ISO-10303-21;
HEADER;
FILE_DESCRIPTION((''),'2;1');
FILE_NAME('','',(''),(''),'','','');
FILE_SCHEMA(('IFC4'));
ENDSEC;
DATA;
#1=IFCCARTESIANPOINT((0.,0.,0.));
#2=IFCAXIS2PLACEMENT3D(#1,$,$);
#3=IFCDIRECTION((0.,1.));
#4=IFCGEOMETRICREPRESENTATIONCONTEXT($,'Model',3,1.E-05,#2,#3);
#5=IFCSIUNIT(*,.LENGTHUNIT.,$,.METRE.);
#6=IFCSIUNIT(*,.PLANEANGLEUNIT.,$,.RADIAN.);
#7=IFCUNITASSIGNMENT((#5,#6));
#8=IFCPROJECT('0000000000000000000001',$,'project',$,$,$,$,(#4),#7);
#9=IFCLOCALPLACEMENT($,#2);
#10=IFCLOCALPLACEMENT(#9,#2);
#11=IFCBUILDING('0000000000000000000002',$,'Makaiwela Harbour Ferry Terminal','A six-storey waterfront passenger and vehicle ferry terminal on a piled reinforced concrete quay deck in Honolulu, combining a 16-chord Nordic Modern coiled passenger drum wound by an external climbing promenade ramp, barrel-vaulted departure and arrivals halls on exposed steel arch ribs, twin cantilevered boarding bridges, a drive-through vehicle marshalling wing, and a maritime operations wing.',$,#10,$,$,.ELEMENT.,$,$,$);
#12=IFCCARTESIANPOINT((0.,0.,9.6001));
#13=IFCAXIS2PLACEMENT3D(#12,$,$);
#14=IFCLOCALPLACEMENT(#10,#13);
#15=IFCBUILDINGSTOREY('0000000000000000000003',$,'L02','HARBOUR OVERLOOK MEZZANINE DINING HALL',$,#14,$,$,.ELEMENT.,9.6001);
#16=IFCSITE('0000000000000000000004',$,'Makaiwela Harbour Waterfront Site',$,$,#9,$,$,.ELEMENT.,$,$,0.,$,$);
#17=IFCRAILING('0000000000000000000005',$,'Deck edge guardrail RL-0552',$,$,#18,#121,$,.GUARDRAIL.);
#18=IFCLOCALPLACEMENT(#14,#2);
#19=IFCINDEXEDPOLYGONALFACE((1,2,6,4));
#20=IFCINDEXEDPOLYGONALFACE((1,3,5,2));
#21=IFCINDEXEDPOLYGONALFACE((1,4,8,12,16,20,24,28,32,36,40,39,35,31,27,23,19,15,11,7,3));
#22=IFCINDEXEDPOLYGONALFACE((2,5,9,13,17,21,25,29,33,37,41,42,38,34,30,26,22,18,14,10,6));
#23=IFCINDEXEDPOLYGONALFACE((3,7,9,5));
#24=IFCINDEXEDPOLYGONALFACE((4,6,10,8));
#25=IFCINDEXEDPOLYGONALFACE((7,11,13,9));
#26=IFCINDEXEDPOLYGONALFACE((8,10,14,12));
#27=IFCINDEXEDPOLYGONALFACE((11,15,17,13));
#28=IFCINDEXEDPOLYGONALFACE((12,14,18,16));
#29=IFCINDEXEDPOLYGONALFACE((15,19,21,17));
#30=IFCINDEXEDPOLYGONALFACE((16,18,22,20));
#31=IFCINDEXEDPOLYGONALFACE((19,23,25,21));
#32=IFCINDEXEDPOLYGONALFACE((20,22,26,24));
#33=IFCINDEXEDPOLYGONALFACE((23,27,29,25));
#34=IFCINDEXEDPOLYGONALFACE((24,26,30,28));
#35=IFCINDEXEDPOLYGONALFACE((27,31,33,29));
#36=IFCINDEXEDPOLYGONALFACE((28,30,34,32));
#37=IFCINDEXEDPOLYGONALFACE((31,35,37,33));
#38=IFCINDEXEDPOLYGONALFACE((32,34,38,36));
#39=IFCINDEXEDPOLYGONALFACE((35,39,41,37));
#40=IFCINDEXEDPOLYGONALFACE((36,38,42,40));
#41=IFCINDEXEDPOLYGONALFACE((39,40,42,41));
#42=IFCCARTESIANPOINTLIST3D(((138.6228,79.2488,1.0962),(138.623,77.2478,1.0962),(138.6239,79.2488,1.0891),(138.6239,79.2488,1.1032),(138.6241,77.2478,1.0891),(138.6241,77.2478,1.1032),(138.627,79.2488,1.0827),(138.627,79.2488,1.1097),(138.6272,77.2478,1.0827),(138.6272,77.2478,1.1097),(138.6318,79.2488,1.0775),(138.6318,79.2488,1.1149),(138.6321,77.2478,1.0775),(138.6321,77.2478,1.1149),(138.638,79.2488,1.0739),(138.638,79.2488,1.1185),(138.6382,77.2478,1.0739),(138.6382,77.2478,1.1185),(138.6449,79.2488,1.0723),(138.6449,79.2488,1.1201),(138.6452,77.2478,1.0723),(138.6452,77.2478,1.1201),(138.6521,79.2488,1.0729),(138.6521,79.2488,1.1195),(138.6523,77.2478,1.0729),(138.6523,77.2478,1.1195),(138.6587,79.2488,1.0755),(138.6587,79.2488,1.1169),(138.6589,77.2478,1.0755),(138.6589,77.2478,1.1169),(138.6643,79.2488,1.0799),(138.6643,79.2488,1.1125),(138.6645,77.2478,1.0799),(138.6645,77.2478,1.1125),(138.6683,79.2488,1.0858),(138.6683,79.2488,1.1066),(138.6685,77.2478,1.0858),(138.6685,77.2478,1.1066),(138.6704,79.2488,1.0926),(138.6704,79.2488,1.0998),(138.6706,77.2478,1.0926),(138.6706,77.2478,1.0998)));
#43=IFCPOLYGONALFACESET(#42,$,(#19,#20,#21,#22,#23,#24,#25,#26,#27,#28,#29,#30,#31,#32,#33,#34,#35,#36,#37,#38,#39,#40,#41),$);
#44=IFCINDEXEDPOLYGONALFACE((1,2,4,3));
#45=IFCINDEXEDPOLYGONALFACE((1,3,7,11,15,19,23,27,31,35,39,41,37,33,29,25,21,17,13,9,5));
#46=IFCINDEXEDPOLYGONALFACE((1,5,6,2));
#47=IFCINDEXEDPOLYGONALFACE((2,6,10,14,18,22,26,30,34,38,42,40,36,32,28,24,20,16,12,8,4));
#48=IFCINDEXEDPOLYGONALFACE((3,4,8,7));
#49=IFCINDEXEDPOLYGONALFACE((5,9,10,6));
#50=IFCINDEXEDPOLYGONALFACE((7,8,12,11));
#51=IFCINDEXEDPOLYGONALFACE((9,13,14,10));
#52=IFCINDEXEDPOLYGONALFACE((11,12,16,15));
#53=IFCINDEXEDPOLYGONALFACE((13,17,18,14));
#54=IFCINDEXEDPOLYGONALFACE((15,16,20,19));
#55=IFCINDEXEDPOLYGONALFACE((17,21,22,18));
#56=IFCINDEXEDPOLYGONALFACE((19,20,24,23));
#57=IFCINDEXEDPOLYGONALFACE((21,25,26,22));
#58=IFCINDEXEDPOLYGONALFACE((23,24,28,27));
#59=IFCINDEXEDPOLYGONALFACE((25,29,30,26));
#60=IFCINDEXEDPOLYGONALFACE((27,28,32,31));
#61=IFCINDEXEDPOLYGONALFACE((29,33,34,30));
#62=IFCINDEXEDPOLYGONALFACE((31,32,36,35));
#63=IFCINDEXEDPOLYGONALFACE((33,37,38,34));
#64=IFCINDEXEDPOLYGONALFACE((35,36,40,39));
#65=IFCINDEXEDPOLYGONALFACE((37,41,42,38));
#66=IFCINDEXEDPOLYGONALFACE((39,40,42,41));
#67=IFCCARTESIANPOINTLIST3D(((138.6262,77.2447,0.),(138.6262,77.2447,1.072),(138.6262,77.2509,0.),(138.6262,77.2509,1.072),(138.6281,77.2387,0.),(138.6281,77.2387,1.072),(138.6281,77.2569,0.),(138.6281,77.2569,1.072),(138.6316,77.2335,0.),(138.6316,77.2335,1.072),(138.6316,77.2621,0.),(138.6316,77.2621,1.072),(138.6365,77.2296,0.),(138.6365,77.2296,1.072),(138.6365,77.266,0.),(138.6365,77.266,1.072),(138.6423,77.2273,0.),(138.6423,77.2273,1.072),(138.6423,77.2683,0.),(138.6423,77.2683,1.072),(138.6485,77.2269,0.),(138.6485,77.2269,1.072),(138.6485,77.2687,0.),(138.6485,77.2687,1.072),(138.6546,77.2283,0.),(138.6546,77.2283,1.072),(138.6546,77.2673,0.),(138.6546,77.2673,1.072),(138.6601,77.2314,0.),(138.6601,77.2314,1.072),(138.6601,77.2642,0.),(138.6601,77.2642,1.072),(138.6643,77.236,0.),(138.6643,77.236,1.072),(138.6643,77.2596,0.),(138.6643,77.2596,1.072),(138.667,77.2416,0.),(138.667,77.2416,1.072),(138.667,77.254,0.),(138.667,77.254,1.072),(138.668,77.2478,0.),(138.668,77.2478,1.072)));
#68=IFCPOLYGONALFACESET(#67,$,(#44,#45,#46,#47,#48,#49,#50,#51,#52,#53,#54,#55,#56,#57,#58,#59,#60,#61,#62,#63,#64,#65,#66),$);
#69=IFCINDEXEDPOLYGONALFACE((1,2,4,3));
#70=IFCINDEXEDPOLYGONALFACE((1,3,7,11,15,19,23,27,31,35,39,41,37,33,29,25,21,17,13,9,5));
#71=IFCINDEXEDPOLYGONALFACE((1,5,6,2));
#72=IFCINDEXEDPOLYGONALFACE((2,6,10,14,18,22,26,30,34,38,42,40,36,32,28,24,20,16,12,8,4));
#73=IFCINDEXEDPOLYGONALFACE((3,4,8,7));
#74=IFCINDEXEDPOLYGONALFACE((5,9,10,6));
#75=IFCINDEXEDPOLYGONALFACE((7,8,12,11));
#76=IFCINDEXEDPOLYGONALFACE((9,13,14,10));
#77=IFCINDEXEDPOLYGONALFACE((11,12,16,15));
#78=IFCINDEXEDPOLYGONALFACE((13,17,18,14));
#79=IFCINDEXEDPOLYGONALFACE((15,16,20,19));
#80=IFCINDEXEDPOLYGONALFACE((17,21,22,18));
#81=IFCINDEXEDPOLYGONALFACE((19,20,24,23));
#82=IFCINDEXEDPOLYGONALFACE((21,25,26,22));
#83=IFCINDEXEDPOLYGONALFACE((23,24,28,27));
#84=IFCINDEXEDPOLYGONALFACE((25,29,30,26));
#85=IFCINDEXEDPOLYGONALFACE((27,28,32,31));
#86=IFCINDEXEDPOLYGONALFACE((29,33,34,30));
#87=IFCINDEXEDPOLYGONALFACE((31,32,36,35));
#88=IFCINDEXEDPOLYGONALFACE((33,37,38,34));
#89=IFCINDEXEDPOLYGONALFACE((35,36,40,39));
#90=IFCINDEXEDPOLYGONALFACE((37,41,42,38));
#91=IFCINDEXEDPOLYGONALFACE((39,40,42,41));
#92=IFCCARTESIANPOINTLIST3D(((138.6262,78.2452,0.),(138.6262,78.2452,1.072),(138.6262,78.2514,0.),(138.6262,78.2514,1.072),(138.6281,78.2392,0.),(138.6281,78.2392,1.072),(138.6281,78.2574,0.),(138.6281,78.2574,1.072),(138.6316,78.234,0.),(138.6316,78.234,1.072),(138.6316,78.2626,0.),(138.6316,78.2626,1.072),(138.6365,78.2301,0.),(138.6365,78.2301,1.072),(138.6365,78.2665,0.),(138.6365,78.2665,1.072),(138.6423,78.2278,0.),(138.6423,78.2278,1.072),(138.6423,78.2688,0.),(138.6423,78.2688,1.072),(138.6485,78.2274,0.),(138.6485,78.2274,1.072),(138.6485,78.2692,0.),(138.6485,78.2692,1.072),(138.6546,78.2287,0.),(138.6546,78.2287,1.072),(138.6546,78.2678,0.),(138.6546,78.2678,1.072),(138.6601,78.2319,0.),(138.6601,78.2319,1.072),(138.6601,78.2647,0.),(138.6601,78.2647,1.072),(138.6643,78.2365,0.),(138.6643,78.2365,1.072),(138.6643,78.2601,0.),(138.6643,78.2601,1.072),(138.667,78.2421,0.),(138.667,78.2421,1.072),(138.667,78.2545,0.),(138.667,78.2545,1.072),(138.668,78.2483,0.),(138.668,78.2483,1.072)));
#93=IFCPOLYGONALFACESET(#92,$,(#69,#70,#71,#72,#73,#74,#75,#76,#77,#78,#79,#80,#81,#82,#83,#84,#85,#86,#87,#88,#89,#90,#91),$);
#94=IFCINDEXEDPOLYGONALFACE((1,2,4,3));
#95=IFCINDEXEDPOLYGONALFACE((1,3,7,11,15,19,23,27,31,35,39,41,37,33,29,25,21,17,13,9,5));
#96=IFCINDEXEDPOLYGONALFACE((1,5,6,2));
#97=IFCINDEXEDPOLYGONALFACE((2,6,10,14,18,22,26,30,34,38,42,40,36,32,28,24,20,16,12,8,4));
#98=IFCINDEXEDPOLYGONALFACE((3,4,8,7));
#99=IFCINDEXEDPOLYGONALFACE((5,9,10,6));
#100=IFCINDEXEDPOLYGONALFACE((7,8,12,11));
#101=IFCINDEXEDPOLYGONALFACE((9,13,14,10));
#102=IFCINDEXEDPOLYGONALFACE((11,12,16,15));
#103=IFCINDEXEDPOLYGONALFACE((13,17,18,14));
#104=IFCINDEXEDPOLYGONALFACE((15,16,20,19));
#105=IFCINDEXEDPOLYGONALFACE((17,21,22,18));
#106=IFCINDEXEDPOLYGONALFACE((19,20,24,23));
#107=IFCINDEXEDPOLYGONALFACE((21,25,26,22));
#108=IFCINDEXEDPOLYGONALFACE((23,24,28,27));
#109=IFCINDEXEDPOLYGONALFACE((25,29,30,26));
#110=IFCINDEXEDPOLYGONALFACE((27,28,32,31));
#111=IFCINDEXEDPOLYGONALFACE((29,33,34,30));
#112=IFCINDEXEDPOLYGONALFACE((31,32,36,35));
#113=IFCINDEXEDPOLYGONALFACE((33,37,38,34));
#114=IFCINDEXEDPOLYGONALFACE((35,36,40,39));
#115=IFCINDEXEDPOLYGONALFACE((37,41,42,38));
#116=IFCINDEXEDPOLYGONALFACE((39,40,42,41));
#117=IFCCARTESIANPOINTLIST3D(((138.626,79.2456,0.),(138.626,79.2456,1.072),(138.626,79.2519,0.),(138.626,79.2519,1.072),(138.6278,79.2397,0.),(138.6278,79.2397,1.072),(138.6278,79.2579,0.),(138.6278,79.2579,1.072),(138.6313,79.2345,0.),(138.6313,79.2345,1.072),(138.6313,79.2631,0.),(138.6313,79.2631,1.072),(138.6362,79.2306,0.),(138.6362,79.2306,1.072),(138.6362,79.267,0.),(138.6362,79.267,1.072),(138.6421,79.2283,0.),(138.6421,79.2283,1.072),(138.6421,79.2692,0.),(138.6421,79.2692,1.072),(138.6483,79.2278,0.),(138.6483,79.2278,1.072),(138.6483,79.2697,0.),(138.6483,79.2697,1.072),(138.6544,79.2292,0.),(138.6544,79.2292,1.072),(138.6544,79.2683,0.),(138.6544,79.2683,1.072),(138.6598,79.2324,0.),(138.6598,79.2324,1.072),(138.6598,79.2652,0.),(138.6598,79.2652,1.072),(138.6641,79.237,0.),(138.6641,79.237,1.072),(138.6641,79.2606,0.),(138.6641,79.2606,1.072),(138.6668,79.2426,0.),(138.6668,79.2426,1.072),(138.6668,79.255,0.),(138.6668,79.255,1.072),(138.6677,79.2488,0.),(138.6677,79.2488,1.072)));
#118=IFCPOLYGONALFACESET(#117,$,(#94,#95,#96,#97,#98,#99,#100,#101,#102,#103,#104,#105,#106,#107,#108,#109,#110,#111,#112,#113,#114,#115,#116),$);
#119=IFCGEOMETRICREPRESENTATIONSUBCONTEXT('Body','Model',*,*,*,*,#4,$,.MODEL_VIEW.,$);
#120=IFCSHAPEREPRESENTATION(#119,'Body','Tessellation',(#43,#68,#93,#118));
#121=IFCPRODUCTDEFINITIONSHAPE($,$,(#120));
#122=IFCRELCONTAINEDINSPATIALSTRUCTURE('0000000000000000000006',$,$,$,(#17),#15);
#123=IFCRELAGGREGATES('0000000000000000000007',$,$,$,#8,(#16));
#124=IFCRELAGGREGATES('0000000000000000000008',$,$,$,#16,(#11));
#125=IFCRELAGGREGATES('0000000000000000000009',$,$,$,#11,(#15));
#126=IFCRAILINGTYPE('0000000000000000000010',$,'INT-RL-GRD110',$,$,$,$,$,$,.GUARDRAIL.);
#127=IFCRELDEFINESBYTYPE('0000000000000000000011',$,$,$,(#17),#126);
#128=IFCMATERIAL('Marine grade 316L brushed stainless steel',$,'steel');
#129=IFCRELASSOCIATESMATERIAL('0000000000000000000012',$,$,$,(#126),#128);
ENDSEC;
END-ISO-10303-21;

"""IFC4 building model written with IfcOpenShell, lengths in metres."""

from ifc_helpers import new_model, si_unit, direction, frame, origin, origin_2d, place, context, subcontext, project, spatial, circle, extrude, material, type_object, element, save


model = new_model("IFC4")

# Units and contexts
model_context = context("Model", 3, precision=1e-05, world=origin(), true_north=direction((0.0, 1.0)))
body_context = subcontext(model_context, "Body", "Model", "MODEL_VIEW")
ifc_project = project(units=[si_unit("LENGTHUNIT", "METRE"), si_unit("PLANEANGLEUNIT", "RADIAN")], contexts=[model_context])

# Site, building, storey
site_placement = place(None, origin())
site = spatial("IfcSite", under=ifc_project, at=site_placement, Name="Makaiwela Harbour Waterfront Site", CompositionType="ELEMENT", RefElevation=0.0)
building_placement = place(site_placement, origin())
building = spatial("IfcBuilding", under=site, at=building_placement, Name="Makaiwela Harbour Ferry Terminal", Description="A six-storey waterfront passenger and vehicle ferry terminal on a piled reinforced concrete quay deck in Honolulu, combining a 16-chord Nordic Modern coiled passenger drum wound by an external climbing promenade ramp, barrel-vaulted departure and arrivals halls on exposed steel arch ribs, twin cantilevered boarding bridges, a drive-through vehicle marshalling wing, and a maritime operations wing.", CompositionType="ELEMENT")
storey_placement = place(building_placement, frame((0.0, 0.0, 9.6001)))
storey = spatial("IfcBuildingStorey", under=building, at=storey_placement, Name="L02", Description="HARBOUR OVERLOOK MEZZANINE DINING HALL", CompositionType="ELEMENT", Elevation=9.6001)

# Railing
ifc_material_1 = material(Name="Marine grade 316L brushed stainless steel", Category="steel")
railing_type = type_object("IfcRailingType", Name="INT-RL-GRD110", PredefinedType="GUARDRAIL", material=ifc_material_1)
railing_1_placement = place(storey_placement, frame((138.647, 77.2478, 0.0)))
element("IfcRailing", 1, at=railing_1_placement, inside=storey, type_object=railing_type, Name="Deck edge guardrail RL-0552", PredefinedType="GUARDRAIL", context=body_context, shape_type="SweptSolid", body=[
    extrude(circle(Radius=0.0239, at=origin_2d()), frame((0.0, 0.0, 1.0962), z_axis=(-0.000122, 1.0, 0.0), x_axis=(-1.0, -0.000122, 0.0)), (0.0, 0.0, 1.0), 2.001),
    extrude(circle(Radius=0.021, at=origin_2d()), origin(), (0.0, 0.0, 1.0), 1.072),
    extrude(circle(Radius=0.021, at=origin_2d()), frame((0.0, 1.0005, 0.0)), (0.0, 0.0, 1.0), 1.072),
    extrude(circle(Radius=0.021, at=origin_2d()), frame((-0.0002, 2.001, 0.0)), (0.0, 0.0, 1.0), 1.072),
])

save(model, "model.ifc")
